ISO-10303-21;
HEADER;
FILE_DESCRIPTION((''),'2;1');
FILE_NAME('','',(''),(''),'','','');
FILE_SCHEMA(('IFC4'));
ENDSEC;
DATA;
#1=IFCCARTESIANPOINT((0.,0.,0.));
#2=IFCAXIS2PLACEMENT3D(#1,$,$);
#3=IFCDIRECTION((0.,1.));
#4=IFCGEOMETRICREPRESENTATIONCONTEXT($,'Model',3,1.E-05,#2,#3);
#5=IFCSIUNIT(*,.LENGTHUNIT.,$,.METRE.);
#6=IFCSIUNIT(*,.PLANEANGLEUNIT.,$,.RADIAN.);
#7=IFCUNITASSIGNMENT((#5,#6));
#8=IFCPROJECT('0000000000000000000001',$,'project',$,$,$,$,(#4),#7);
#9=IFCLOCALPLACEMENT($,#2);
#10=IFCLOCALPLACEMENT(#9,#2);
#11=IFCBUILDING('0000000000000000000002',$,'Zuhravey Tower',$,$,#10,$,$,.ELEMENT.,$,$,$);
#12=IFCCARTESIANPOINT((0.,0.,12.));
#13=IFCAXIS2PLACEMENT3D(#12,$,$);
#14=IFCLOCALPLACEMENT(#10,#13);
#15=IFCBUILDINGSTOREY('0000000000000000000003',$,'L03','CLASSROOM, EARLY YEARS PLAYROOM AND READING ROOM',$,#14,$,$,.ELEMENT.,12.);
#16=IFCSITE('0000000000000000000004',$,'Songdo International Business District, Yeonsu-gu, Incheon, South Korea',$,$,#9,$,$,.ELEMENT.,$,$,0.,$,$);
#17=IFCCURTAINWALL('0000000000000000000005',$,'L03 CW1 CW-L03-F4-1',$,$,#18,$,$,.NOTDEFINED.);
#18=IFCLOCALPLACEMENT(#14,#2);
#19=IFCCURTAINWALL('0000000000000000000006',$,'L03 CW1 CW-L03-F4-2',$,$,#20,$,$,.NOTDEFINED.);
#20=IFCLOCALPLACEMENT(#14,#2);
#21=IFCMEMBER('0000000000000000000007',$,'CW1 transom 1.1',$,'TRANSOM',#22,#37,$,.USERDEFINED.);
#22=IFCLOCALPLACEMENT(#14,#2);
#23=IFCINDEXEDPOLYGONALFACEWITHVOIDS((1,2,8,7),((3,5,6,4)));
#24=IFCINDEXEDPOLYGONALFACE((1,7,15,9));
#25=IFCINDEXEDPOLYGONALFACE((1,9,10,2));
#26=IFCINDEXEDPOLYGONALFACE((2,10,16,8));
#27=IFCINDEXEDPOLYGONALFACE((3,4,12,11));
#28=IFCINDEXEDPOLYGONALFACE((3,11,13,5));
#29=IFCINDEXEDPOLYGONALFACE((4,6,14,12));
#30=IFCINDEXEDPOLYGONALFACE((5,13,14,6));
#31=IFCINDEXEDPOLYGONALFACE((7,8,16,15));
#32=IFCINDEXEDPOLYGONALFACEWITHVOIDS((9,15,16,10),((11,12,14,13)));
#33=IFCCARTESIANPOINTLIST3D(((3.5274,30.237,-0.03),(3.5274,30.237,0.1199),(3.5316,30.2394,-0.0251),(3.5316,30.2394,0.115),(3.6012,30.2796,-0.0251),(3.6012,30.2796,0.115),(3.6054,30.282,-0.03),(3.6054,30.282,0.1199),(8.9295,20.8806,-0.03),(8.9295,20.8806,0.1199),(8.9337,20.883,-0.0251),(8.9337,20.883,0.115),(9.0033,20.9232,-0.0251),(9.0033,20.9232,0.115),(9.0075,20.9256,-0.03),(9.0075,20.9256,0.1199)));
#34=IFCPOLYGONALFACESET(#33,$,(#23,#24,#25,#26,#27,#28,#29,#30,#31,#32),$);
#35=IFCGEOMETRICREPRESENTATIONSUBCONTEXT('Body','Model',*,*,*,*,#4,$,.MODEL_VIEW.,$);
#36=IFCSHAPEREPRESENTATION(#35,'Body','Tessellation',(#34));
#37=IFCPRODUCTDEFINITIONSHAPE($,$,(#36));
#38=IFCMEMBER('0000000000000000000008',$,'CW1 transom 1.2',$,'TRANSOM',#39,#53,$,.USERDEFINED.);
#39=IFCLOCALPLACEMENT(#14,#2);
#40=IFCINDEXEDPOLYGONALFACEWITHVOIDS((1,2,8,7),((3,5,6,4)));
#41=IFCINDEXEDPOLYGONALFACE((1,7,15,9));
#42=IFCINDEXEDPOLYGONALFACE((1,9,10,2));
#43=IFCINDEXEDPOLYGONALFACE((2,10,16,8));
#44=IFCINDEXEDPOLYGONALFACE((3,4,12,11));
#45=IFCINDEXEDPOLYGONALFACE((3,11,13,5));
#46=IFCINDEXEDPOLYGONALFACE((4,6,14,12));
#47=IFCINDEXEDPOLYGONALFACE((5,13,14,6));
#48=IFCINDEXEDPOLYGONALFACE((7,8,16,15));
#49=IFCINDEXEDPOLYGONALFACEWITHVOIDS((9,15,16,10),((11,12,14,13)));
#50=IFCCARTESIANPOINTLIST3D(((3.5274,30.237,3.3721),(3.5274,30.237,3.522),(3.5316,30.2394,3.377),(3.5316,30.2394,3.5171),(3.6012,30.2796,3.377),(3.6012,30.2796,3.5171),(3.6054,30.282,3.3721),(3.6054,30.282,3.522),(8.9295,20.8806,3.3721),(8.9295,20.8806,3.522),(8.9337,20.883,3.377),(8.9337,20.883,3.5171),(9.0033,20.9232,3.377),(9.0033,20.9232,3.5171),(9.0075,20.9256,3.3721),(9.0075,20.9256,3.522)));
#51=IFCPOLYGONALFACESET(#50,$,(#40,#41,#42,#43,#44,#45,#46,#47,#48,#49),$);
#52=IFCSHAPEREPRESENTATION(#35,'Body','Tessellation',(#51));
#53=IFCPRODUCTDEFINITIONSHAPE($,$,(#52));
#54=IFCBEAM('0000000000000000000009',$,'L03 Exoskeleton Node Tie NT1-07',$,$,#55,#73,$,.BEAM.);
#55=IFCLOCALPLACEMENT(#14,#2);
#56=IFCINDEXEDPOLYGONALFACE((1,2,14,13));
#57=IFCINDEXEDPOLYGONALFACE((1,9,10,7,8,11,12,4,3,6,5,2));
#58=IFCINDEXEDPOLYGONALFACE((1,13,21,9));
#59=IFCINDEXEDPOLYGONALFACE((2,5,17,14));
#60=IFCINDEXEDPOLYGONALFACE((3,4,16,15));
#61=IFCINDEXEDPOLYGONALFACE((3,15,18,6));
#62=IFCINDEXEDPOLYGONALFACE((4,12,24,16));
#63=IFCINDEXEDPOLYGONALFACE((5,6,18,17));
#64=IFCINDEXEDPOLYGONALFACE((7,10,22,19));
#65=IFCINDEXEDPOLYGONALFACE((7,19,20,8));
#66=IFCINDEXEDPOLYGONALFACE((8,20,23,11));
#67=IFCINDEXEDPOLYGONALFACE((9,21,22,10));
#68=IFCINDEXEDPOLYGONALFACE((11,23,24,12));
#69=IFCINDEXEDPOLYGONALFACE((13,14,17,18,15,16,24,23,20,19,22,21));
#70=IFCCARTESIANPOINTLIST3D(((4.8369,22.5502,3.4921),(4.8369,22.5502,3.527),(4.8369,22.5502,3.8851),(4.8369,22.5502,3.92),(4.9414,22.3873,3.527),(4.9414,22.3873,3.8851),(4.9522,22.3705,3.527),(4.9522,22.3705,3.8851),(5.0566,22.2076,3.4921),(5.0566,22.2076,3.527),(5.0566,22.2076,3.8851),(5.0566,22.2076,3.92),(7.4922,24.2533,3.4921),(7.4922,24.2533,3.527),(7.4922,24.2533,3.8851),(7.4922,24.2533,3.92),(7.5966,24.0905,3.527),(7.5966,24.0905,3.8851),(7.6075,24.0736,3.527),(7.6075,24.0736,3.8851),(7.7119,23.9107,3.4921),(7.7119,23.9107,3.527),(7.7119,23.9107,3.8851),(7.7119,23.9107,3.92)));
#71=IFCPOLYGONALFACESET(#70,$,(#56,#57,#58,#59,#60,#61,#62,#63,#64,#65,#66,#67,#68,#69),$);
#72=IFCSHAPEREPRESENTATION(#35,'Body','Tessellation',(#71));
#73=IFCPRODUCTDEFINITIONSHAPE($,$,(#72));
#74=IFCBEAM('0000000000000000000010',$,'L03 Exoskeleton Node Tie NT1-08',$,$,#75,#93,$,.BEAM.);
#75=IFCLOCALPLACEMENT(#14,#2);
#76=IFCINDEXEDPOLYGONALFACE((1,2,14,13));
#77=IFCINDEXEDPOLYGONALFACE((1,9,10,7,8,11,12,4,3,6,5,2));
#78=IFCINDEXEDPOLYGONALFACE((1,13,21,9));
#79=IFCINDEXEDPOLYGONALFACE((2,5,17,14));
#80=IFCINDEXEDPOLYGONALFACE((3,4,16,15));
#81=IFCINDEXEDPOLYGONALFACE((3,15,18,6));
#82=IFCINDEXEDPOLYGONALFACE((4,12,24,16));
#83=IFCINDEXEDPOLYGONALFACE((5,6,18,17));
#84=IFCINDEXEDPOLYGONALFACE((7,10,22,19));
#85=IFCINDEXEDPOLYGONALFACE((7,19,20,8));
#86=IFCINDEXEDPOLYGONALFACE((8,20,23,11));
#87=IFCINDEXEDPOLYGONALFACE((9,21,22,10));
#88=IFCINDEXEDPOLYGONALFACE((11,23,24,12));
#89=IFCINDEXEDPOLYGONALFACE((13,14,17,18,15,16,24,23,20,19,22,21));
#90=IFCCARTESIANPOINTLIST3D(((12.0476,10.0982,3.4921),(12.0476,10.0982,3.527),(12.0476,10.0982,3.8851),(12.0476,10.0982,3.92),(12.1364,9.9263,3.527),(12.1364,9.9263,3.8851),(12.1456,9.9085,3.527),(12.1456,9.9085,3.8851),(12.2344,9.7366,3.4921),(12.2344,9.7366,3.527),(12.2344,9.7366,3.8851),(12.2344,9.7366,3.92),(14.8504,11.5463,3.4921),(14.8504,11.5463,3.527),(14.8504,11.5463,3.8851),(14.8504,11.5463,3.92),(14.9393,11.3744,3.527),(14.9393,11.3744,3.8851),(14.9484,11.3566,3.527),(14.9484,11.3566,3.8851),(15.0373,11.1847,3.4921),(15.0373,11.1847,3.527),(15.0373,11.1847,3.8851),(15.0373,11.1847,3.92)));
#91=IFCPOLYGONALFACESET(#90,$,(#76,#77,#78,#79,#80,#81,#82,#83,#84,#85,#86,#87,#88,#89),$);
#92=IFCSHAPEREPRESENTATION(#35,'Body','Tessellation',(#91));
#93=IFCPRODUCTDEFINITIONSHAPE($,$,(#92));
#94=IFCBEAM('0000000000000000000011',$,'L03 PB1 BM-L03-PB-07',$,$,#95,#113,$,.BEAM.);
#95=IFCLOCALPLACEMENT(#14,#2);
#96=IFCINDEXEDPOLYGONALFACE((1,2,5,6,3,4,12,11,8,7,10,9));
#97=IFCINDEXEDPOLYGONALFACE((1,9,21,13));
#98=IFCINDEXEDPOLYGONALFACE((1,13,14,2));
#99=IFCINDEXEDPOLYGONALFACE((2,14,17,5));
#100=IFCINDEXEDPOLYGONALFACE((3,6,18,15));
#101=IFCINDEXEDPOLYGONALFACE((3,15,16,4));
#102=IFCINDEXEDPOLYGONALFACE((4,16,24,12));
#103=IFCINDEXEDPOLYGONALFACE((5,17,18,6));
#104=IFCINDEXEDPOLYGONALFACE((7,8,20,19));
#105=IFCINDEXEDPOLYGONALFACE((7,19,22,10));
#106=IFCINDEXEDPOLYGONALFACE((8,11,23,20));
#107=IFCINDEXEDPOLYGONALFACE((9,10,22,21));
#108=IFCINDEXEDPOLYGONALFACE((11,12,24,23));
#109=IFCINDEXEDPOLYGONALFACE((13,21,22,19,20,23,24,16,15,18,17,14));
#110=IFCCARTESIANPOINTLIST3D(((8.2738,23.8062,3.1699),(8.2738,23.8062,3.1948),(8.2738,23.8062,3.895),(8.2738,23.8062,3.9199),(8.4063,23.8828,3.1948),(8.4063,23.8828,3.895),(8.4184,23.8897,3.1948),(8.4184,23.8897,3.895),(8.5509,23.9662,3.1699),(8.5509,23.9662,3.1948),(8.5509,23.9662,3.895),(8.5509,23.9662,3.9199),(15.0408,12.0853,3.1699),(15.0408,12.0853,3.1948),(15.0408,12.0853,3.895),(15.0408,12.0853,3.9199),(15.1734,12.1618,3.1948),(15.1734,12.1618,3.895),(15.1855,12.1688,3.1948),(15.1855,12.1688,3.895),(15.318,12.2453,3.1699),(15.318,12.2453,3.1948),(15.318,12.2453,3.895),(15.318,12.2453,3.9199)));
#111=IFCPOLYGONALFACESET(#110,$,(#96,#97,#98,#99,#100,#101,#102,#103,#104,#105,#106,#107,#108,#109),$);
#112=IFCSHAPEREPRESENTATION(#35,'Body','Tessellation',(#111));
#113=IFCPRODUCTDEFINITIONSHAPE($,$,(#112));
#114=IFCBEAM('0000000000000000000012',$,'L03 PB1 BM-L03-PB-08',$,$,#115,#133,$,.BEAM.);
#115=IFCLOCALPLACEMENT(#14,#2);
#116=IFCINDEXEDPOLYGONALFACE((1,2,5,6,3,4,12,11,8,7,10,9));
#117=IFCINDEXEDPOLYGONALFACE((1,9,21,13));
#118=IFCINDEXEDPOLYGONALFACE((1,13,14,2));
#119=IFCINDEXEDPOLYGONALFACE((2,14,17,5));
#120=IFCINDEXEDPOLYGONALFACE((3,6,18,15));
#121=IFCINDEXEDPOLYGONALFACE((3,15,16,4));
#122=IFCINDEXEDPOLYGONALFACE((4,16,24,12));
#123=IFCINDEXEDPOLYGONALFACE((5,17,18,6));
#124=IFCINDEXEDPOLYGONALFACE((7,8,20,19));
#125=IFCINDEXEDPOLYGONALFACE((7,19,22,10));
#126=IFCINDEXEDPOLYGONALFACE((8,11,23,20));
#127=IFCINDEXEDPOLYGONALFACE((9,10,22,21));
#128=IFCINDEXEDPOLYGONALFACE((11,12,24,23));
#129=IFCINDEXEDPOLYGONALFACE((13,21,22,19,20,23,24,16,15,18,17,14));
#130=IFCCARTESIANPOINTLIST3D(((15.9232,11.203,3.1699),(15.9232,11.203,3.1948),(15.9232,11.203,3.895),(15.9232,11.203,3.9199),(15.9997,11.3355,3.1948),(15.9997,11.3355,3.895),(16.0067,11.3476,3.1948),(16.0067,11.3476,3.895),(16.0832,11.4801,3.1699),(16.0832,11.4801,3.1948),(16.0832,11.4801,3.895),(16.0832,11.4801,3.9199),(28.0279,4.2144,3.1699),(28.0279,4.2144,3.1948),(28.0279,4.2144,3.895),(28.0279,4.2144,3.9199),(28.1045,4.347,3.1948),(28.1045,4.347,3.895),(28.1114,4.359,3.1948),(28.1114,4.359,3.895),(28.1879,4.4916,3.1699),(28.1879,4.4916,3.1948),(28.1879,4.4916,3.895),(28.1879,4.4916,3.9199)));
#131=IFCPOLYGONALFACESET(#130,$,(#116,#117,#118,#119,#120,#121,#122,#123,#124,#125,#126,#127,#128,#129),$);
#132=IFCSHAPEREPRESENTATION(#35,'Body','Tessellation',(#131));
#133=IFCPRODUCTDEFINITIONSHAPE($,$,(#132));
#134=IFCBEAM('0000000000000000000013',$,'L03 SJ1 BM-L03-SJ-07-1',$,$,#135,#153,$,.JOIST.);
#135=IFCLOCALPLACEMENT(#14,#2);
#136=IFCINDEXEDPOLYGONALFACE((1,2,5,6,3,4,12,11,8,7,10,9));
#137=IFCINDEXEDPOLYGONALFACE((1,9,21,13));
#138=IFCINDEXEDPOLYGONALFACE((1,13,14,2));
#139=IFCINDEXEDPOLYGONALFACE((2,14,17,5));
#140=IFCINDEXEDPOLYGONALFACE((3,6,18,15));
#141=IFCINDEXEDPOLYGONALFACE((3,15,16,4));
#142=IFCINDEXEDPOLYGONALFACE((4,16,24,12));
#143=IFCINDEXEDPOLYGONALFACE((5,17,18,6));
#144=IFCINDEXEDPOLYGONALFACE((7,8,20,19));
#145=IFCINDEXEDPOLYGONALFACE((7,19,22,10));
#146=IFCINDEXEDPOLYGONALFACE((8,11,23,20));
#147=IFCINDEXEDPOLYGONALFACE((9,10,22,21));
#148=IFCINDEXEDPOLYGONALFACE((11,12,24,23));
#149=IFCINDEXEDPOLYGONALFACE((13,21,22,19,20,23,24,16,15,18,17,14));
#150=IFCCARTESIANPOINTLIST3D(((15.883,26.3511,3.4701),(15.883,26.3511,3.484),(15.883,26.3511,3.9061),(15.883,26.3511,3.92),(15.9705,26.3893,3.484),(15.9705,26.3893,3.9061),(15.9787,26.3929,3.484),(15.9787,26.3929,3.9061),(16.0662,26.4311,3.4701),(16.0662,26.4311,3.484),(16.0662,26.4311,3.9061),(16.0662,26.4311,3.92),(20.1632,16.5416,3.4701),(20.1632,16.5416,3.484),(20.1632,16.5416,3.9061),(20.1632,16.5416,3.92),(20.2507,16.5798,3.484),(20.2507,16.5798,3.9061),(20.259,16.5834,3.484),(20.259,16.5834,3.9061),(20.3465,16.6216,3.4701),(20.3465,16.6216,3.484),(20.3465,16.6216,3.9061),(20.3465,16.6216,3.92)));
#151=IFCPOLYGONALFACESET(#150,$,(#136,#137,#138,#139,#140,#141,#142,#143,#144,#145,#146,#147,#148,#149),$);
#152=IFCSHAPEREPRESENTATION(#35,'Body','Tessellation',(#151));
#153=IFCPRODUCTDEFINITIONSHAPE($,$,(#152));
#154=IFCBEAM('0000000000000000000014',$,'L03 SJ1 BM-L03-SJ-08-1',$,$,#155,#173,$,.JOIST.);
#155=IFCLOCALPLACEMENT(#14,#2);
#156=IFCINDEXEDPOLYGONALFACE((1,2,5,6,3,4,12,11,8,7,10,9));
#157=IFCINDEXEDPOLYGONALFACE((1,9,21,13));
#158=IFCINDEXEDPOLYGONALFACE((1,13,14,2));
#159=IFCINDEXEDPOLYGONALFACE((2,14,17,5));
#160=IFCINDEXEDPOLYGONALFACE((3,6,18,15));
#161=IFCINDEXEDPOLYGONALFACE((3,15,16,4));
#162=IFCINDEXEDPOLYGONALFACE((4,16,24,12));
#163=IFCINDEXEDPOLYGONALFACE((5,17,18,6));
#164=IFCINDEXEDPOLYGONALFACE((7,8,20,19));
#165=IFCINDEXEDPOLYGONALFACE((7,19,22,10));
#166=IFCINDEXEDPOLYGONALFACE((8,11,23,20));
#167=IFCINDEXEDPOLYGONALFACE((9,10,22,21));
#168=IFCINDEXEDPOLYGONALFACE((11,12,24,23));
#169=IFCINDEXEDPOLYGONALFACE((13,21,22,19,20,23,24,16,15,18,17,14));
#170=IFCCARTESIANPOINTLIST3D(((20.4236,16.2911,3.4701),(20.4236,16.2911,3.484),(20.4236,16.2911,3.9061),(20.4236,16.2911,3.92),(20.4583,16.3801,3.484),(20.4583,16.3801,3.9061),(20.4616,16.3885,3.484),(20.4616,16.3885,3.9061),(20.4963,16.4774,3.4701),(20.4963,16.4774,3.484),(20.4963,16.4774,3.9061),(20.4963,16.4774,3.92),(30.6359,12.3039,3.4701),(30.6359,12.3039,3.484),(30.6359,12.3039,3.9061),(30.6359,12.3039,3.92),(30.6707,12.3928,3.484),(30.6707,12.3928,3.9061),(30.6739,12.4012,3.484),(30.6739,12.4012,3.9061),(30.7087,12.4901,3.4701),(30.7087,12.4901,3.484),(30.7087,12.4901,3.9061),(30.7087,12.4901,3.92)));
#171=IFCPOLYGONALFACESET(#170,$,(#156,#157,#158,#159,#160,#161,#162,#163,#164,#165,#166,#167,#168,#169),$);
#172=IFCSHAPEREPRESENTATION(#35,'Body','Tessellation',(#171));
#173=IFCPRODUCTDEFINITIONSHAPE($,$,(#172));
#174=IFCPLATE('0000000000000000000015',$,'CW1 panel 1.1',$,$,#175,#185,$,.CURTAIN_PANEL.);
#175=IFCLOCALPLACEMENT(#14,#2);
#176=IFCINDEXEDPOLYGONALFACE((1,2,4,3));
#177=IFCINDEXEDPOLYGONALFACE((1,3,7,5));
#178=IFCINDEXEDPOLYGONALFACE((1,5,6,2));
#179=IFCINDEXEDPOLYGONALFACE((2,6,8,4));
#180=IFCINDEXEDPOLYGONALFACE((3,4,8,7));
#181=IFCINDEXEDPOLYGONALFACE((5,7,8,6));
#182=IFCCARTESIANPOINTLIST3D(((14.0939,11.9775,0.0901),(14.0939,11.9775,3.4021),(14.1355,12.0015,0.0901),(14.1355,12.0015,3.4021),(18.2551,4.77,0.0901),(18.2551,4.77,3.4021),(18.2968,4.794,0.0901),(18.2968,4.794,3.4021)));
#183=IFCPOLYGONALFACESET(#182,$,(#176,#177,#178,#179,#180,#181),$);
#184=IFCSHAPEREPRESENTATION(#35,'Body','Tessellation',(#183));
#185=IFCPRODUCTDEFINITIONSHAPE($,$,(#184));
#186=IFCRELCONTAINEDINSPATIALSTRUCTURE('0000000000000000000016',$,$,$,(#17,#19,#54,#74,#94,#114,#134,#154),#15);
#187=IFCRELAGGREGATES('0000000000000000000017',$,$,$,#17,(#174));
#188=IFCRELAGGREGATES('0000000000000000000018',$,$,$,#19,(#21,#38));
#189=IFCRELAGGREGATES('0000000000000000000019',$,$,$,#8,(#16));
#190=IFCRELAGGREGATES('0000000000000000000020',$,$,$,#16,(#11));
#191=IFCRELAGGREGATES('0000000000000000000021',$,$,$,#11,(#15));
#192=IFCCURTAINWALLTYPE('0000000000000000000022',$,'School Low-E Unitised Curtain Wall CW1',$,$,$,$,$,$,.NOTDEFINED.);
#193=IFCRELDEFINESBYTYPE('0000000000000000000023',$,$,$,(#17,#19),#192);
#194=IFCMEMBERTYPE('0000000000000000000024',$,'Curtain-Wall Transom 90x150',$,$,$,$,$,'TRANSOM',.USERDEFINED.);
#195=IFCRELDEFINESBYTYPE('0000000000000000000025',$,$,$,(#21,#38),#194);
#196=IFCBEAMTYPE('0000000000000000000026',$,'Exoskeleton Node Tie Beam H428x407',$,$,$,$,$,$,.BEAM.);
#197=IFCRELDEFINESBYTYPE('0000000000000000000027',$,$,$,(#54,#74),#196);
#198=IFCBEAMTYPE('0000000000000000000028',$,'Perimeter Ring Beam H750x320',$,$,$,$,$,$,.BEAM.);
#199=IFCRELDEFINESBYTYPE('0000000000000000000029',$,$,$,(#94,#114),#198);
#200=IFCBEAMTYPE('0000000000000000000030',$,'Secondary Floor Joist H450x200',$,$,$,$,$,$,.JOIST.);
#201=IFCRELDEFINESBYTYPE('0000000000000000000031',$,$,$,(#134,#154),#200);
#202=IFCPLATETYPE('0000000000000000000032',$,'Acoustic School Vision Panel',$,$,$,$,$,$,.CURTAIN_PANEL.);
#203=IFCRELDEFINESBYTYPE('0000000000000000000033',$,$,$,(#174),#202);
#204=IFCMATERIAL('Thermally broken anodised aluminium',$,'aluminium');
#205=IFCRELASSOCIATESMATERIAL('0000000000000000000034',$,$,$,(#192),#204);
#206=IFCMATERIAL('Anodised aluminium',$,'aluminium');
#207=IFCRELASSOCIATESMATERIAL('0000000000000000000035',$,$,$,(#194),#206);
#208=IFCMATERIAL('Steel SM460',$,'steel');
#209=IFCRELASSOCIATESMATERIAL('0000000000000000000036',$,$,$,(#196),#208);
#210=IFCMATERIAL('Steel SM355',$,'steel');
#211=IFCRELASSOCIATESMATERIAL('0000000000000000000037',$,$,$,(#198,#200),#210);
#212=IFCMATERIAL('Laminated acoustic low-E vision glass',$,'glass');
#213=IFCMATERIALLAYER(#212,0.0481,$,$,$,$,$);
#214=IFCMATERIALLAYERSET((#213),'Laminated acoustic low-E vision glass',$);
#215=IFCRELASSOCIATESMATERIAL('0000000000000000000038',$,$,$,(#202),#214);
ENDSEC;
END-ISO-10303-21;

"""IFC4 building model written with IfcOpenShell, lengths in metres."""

from ifc_helpers import new_model, si_unit, direction, frame, origin, origin_2d, place, context, subcontext, project, spatial, rectangle, hollow_rectangle, i_section, extrude, material, layer, layer_set, material_profile, profile_set, type_object, element, aggregate, save


model = new_model("IFC4")

# Units and contexts
model_context = context("Model", 3, precision=1e-05, world=origin(), true_north=direction((0.0, 1.0)))
body_context = subcontext(model_context, "Body", "Model", "MODEL_VIEW")
ifc_project = project(units=[si_unit("LENGTHUNIT", "METRE"), si_unit("PLANEANGLEUNIT", "RADIAN")], contexts=[model_context])

# Site, building, storey
site_placement = place(None, origin())
site = spatial("IfcSite", under=ifc_project, at=site_placement, Name="Songdo International Business District, Yeonsu-gu, Incheon, South Korea", CompositionType="ELEMENT", RefElevation=0.0)
building_placement = place(site_placement, origin())
building = spatial("IfcBuilding", under=site, at=building_placement, Name="Zuhravey Tower", CompositionType="ELEMENT")
storey_placement = place(building_placement, frame((0.0, 0.0, 12.0)))
storey = spatial("IfcBuildingStorey", under=building, at=storey_placement, Name="L03", Description="CLASSROOM, EARLY YEARS PLAYROOM AND READING ROOM", CompositionType="ELEMENT", Elevation=12.0)

# Curtain walls
ifc_material_1 = material(Name="Thermally broken anodised aluminium", Category="aluminium")
curtain_wall_type = type_object("IfcCurtainWallType", Name="School Low-E Unitised Curtain Wall CW1", PredefinedType="NOTDEFINED", material=ifc_material_1)
curtain_wall_1_placement = place(storey_placement, origin())
curtain_wall_1 = element("IfcCurtainWall", 1, at=curtain_wall_1_placement, inside=storey, type_object=curtain_wall_type, Name="L03 CW1 CW-L03-F4-1", PredefinedType="NOTDEFINED")
ifc_material_2 = material(Name="Anodised aluminium", Category="aluminium")
curtain_wall_2_placement = place(storey_placement, origin())
curtain_wall_2 = element("IfcCurtainWall", 2, at=curtain_wall_2_placement, inside=storey, type_object=curtain_wall_type, Name="L03 CW1 CW-L03-F4-2", PredefinedType="NOTDEFINED")

# Members
ifc_material_profile_1 = material_profile(ifc_material_2, hollow_rectangle(XDim=0.0901, YDim=0.1499, WallThickness=0.0049, at=origin_2d()), Name="ALU-RHS-90x150x5")
ifc_profile_set_1 = profile_set([ifc_material_profile_1], Name="Anodised aluminium")
member_type_1 = type_object("IfcMemberType", Name="Curtain-Wall Transom 90x150", ElementType="TRANSOM", PredefinedType="USERDEFINED", material=ifc_profile_set_1)
member_1_placement = place(storey_placement, frame((8.9685, 20.9031, 0.0449), z_axis=(-0.500011, 0.866019, 0.0), x_axis=(-0.866019, -0.500011, 0.0)))
member_1 = element("IfcMember", 3, at=member_1_placement, type_object=member_type_1, Name="CW1 transom 1.1", ObjectType="TRANSOM", PredefinedType="USERDEFINED", context=body_context, shape_type="SweptSolid", body=[
    extrude(hollow_rectangle(XDim=0.0901, YDim=0.1499, WallThickness=0.0049, at=origin_2d()), origin(), (0.0, 0.0, 1.0), 10.804),
])
member_2_placement = place(storey_placement, frame((8.9685, 20.9031, 3.447), z_axis=(-0.500011, 0.866019, 0.0), x_axis=(-0.866019, -0.500011, 0.0)))
member_2 = element("IfcMember", 4, at=member_2_placement, type_object=member_type_1, Name="CW1 transom 1.2", ObjectType="TRANSOM", PredefinedType="USERDEFINED", context=body_context, shape_type="SweptSolid", body=[
    extrude(hollow_rectangle(XDim=0.0901, YDim=0.1499, WallThickness=0.0049, at=origin_2d()), origin(), (0.0, 0.0, 1.0), 10.804),
])

# Beams
ifc_material_3 = material(Name="Steel SM460", Category="steel")
ifc_material_profile_2 = material_profile(ifc_material_3, i_section(OverallWidth=0.407, OverallDepth=0.428, WebThickness=0.02, FlangeThickness=0.0349, at=origin_2d()), Name="H-428x407x20x35")
ifc_profile_set_2 = profile_set([ifc_material_profile_2], Name="Steel SM460")
beam_type_1 = type_object("IfcBeamType", Name="Exoskeleton Node Tie Beam H428x407", PredefinedType="BEAM", material=ifc_profile_set_2)
beam_1_placement = place(storey_placement, frame((7.6021, 24.082, 3.7061), z_axis=(-0.841731, -0.539897, 0.0), x_axis=(0.539897, -0.841731, 0.0)))
element("IfcBeam", 5, at=beam_1_placement, inside=storey, type_object=beam_type_1, Name="L03 Exoskeleton Node Tie NT1-07", PredefinedType="BEAM", context=body_context, shape_type="SweptSolid", body=[
    extrude(i_section(OverallWidth=0.407, OverallDepth=0.428, WebThickness=0.02, FlangeThickness=0.0349, at=origin_2d()), origin(), (0.0, 0.0, 1.0), 3.1545),
])
beam_2_placement = place(storey_placement, frame((14.9438, 11.3655, 3.7061), z_axis=(-0.888436, -0.459, 0.0), x_axis=(0.459, -0.888436, 0.0)))
element("IfcBeam", 6, at=beam_2_placement, inside=storey, type_object=beam_type_1, Name="L03 Exoskeleton Node Tie NT1-08", PredefinedType="BEAM", context=body_context, shape_type="SweptSolid", body=[
    extrude(i_section(OverallWidth=0.407, OverallDepth=0.428, WebThickness=0.02, FlangeThickness=0.0349, at=origin_2d()), origin(), (0.0, 0.0, 1.0), 3.1548),
])
ifc_material_4 = material(Name="Steel SM355", Category="steel")
ifc_material_profile_3 = material_profile(ifc_material_4, i_section(OverallWidth=0.3201, OverallDepth=0.75, WebThickness=0.0139, FlangeThickness=0.0249, at=origin_2d()), Name="H-750x320x14x25")
ifc_profile_set_3 = profile_set([ifc_material_profile_3], Name="Steel SM355")
beam_type_2 = type_object("IfcBeamType", Name="Perimeter Ring Beam H750x320", PredefinedType="BEAM", material=ifc_profile_set_3)
beam_3_placement = place(storey_placement, frame((8.4124, 23.8862, 3.5449), z_axis=(0.5, -0.866025, 0.0), x_axis=(0.866025, 0.5, 0.0)))
element("IfcBeam", 7, at=beam_3_placement, inside=storey, type_object=beam_type_2, Name="L03 PB1 BM-L03-PB-07", PredefinedType="BEAM", context=body_context, shape_type="SweptSolid", body=[
    extrude(i_section(OverallWidth=0.3201, OverallDepth=0.75, WebThickness=0.0139, FlangeThickness=0.0249, at=origin_2d()), origin(), (0.0, 0.0, 1.0), 13.5342),
])
beam_4_placement = place(storey_placement, frame((16.0032, 11.3416, 3.5449), z_axis=(0.86603, -0.499992, 0.0), x_axis=(0.499992, 0.86603, 0.0)))
element("IfcBeam", 8, at=beam_4_placement, inside=storey, type_object=beam_type_2, Name="L03 PB1 BM-L03-PB-08", PredefinedType="BEAM", context=body_context, shape_type="SweptSolid", body=[
    extrude(i_section(OverallWidth=0.3201, OverallDepth=0.75, WebThickness=0.0139, FlangeThickness=0.0249, at=origin_2d()), origin(), (0.0, 0.0, 1.0), 13.9773),
])
ifc_material_profile_4 = material_profile(ifc_material_4, i_section(OverallWidth=0.2, OverallDepth=0.45, WebThickness=0.009, FlangeThickness=0.0139, at=origin_2d()), Name="H-450x200x9x14")
ifc_profile_set_4 = profile_set([ifc_material_profile_4], Name="Steel SM355")
beam_type_3 = type_object("IfcBeamType", Name="Secondary Floor Joist H450x200", PredefinedType="JOIST", material=ifc_profile_set_4)
beam_5_placement = place(storey_placement, frame((15.9746, 26.3911, 3.6951), z_axis=(0.399924, -0.916549, 0.0), x_axis=(0.916549, 0.399924, 0.0)))
element("IfcBeam", 9, at=beam_5_placement, inside=storey, type_object=beam_type_3, Name="L03 SJ1 BM-L03-SJ-07-1", PredefinedType="JOIST", context=body_context, shape_type="SweptSolid", body=[
    extrude(i_section(OverallWidth=0.2, OverallDepth=0.45, WebThickness=0.009, FlangeThickness=0.0139, at=origin_2d()), origin(), (0.0, 0.0, 1.0), 10.7026),
])
beam_6_placement = place(storey_placement, frame((20.46, 16.3843, 3.6951), z_axis=(0.931517, -0.363699, 0.0), x_axis=(0.363699, 0.931517, 0.0)))
element("IfcBeam", 10, at=beam_6_placement, inside=storey, type_object=beam_type_3, Name="L03 SJ1 BM-L03-SJ-08-1", PredefinedType="JOIST", context=body_context, shape_type="SweptSolid", body=[
    extrude(i_section(OverallWidth=0.2, OverallDepth=0.45, WebThickness=0.009, FlangeThickness=0.0139, at=origin_2d()), origin(), (0.0, 0.0, 1.0), 10.9631),
])

# Plate
ifc_material_5 = material(Name="Laminated acoustic low-E vision glass", Category="glass")
ifc_layer_1 = layer(ifc_material_5, 0.0481)
ifc_layer_set_1 = layer_set([ifc_layer_1], Name="Laminated acoustic low-E vision glass")
plate_type = type_object("IfcPlateType", Name="Acoustic School Vision Panel", PredefinedType="CURTAIN_PANEL", material=ifc_layer_set_1)
plate_1_placement = place(storey_placement, frame((16.1953, 8.3857, 0.0901), z_axis=(0.0, 0.0, 1.0), x_axis=(-0.5, 0.866026, 0.0)))
plate_1 = element("IfcPlate", 11, at=plate_1_placement, type_object=plate_type, Name="CW1 panel 1.1", PredefinedType="CURTAIN_PANEL", context=body_context, shape_type="SweptSolid", body=[
    extrude(rectangle(XDim=8.3225, YDim=0.0481, at=origin_2d()), origin(), (0.0, 0.0, 1.0), 3.312),
])
aggregate(curtain_wall_1, [plate_1])
aggregate(curtain_wall_2, [member_1, member_2])

save(model, "model.ifc")
